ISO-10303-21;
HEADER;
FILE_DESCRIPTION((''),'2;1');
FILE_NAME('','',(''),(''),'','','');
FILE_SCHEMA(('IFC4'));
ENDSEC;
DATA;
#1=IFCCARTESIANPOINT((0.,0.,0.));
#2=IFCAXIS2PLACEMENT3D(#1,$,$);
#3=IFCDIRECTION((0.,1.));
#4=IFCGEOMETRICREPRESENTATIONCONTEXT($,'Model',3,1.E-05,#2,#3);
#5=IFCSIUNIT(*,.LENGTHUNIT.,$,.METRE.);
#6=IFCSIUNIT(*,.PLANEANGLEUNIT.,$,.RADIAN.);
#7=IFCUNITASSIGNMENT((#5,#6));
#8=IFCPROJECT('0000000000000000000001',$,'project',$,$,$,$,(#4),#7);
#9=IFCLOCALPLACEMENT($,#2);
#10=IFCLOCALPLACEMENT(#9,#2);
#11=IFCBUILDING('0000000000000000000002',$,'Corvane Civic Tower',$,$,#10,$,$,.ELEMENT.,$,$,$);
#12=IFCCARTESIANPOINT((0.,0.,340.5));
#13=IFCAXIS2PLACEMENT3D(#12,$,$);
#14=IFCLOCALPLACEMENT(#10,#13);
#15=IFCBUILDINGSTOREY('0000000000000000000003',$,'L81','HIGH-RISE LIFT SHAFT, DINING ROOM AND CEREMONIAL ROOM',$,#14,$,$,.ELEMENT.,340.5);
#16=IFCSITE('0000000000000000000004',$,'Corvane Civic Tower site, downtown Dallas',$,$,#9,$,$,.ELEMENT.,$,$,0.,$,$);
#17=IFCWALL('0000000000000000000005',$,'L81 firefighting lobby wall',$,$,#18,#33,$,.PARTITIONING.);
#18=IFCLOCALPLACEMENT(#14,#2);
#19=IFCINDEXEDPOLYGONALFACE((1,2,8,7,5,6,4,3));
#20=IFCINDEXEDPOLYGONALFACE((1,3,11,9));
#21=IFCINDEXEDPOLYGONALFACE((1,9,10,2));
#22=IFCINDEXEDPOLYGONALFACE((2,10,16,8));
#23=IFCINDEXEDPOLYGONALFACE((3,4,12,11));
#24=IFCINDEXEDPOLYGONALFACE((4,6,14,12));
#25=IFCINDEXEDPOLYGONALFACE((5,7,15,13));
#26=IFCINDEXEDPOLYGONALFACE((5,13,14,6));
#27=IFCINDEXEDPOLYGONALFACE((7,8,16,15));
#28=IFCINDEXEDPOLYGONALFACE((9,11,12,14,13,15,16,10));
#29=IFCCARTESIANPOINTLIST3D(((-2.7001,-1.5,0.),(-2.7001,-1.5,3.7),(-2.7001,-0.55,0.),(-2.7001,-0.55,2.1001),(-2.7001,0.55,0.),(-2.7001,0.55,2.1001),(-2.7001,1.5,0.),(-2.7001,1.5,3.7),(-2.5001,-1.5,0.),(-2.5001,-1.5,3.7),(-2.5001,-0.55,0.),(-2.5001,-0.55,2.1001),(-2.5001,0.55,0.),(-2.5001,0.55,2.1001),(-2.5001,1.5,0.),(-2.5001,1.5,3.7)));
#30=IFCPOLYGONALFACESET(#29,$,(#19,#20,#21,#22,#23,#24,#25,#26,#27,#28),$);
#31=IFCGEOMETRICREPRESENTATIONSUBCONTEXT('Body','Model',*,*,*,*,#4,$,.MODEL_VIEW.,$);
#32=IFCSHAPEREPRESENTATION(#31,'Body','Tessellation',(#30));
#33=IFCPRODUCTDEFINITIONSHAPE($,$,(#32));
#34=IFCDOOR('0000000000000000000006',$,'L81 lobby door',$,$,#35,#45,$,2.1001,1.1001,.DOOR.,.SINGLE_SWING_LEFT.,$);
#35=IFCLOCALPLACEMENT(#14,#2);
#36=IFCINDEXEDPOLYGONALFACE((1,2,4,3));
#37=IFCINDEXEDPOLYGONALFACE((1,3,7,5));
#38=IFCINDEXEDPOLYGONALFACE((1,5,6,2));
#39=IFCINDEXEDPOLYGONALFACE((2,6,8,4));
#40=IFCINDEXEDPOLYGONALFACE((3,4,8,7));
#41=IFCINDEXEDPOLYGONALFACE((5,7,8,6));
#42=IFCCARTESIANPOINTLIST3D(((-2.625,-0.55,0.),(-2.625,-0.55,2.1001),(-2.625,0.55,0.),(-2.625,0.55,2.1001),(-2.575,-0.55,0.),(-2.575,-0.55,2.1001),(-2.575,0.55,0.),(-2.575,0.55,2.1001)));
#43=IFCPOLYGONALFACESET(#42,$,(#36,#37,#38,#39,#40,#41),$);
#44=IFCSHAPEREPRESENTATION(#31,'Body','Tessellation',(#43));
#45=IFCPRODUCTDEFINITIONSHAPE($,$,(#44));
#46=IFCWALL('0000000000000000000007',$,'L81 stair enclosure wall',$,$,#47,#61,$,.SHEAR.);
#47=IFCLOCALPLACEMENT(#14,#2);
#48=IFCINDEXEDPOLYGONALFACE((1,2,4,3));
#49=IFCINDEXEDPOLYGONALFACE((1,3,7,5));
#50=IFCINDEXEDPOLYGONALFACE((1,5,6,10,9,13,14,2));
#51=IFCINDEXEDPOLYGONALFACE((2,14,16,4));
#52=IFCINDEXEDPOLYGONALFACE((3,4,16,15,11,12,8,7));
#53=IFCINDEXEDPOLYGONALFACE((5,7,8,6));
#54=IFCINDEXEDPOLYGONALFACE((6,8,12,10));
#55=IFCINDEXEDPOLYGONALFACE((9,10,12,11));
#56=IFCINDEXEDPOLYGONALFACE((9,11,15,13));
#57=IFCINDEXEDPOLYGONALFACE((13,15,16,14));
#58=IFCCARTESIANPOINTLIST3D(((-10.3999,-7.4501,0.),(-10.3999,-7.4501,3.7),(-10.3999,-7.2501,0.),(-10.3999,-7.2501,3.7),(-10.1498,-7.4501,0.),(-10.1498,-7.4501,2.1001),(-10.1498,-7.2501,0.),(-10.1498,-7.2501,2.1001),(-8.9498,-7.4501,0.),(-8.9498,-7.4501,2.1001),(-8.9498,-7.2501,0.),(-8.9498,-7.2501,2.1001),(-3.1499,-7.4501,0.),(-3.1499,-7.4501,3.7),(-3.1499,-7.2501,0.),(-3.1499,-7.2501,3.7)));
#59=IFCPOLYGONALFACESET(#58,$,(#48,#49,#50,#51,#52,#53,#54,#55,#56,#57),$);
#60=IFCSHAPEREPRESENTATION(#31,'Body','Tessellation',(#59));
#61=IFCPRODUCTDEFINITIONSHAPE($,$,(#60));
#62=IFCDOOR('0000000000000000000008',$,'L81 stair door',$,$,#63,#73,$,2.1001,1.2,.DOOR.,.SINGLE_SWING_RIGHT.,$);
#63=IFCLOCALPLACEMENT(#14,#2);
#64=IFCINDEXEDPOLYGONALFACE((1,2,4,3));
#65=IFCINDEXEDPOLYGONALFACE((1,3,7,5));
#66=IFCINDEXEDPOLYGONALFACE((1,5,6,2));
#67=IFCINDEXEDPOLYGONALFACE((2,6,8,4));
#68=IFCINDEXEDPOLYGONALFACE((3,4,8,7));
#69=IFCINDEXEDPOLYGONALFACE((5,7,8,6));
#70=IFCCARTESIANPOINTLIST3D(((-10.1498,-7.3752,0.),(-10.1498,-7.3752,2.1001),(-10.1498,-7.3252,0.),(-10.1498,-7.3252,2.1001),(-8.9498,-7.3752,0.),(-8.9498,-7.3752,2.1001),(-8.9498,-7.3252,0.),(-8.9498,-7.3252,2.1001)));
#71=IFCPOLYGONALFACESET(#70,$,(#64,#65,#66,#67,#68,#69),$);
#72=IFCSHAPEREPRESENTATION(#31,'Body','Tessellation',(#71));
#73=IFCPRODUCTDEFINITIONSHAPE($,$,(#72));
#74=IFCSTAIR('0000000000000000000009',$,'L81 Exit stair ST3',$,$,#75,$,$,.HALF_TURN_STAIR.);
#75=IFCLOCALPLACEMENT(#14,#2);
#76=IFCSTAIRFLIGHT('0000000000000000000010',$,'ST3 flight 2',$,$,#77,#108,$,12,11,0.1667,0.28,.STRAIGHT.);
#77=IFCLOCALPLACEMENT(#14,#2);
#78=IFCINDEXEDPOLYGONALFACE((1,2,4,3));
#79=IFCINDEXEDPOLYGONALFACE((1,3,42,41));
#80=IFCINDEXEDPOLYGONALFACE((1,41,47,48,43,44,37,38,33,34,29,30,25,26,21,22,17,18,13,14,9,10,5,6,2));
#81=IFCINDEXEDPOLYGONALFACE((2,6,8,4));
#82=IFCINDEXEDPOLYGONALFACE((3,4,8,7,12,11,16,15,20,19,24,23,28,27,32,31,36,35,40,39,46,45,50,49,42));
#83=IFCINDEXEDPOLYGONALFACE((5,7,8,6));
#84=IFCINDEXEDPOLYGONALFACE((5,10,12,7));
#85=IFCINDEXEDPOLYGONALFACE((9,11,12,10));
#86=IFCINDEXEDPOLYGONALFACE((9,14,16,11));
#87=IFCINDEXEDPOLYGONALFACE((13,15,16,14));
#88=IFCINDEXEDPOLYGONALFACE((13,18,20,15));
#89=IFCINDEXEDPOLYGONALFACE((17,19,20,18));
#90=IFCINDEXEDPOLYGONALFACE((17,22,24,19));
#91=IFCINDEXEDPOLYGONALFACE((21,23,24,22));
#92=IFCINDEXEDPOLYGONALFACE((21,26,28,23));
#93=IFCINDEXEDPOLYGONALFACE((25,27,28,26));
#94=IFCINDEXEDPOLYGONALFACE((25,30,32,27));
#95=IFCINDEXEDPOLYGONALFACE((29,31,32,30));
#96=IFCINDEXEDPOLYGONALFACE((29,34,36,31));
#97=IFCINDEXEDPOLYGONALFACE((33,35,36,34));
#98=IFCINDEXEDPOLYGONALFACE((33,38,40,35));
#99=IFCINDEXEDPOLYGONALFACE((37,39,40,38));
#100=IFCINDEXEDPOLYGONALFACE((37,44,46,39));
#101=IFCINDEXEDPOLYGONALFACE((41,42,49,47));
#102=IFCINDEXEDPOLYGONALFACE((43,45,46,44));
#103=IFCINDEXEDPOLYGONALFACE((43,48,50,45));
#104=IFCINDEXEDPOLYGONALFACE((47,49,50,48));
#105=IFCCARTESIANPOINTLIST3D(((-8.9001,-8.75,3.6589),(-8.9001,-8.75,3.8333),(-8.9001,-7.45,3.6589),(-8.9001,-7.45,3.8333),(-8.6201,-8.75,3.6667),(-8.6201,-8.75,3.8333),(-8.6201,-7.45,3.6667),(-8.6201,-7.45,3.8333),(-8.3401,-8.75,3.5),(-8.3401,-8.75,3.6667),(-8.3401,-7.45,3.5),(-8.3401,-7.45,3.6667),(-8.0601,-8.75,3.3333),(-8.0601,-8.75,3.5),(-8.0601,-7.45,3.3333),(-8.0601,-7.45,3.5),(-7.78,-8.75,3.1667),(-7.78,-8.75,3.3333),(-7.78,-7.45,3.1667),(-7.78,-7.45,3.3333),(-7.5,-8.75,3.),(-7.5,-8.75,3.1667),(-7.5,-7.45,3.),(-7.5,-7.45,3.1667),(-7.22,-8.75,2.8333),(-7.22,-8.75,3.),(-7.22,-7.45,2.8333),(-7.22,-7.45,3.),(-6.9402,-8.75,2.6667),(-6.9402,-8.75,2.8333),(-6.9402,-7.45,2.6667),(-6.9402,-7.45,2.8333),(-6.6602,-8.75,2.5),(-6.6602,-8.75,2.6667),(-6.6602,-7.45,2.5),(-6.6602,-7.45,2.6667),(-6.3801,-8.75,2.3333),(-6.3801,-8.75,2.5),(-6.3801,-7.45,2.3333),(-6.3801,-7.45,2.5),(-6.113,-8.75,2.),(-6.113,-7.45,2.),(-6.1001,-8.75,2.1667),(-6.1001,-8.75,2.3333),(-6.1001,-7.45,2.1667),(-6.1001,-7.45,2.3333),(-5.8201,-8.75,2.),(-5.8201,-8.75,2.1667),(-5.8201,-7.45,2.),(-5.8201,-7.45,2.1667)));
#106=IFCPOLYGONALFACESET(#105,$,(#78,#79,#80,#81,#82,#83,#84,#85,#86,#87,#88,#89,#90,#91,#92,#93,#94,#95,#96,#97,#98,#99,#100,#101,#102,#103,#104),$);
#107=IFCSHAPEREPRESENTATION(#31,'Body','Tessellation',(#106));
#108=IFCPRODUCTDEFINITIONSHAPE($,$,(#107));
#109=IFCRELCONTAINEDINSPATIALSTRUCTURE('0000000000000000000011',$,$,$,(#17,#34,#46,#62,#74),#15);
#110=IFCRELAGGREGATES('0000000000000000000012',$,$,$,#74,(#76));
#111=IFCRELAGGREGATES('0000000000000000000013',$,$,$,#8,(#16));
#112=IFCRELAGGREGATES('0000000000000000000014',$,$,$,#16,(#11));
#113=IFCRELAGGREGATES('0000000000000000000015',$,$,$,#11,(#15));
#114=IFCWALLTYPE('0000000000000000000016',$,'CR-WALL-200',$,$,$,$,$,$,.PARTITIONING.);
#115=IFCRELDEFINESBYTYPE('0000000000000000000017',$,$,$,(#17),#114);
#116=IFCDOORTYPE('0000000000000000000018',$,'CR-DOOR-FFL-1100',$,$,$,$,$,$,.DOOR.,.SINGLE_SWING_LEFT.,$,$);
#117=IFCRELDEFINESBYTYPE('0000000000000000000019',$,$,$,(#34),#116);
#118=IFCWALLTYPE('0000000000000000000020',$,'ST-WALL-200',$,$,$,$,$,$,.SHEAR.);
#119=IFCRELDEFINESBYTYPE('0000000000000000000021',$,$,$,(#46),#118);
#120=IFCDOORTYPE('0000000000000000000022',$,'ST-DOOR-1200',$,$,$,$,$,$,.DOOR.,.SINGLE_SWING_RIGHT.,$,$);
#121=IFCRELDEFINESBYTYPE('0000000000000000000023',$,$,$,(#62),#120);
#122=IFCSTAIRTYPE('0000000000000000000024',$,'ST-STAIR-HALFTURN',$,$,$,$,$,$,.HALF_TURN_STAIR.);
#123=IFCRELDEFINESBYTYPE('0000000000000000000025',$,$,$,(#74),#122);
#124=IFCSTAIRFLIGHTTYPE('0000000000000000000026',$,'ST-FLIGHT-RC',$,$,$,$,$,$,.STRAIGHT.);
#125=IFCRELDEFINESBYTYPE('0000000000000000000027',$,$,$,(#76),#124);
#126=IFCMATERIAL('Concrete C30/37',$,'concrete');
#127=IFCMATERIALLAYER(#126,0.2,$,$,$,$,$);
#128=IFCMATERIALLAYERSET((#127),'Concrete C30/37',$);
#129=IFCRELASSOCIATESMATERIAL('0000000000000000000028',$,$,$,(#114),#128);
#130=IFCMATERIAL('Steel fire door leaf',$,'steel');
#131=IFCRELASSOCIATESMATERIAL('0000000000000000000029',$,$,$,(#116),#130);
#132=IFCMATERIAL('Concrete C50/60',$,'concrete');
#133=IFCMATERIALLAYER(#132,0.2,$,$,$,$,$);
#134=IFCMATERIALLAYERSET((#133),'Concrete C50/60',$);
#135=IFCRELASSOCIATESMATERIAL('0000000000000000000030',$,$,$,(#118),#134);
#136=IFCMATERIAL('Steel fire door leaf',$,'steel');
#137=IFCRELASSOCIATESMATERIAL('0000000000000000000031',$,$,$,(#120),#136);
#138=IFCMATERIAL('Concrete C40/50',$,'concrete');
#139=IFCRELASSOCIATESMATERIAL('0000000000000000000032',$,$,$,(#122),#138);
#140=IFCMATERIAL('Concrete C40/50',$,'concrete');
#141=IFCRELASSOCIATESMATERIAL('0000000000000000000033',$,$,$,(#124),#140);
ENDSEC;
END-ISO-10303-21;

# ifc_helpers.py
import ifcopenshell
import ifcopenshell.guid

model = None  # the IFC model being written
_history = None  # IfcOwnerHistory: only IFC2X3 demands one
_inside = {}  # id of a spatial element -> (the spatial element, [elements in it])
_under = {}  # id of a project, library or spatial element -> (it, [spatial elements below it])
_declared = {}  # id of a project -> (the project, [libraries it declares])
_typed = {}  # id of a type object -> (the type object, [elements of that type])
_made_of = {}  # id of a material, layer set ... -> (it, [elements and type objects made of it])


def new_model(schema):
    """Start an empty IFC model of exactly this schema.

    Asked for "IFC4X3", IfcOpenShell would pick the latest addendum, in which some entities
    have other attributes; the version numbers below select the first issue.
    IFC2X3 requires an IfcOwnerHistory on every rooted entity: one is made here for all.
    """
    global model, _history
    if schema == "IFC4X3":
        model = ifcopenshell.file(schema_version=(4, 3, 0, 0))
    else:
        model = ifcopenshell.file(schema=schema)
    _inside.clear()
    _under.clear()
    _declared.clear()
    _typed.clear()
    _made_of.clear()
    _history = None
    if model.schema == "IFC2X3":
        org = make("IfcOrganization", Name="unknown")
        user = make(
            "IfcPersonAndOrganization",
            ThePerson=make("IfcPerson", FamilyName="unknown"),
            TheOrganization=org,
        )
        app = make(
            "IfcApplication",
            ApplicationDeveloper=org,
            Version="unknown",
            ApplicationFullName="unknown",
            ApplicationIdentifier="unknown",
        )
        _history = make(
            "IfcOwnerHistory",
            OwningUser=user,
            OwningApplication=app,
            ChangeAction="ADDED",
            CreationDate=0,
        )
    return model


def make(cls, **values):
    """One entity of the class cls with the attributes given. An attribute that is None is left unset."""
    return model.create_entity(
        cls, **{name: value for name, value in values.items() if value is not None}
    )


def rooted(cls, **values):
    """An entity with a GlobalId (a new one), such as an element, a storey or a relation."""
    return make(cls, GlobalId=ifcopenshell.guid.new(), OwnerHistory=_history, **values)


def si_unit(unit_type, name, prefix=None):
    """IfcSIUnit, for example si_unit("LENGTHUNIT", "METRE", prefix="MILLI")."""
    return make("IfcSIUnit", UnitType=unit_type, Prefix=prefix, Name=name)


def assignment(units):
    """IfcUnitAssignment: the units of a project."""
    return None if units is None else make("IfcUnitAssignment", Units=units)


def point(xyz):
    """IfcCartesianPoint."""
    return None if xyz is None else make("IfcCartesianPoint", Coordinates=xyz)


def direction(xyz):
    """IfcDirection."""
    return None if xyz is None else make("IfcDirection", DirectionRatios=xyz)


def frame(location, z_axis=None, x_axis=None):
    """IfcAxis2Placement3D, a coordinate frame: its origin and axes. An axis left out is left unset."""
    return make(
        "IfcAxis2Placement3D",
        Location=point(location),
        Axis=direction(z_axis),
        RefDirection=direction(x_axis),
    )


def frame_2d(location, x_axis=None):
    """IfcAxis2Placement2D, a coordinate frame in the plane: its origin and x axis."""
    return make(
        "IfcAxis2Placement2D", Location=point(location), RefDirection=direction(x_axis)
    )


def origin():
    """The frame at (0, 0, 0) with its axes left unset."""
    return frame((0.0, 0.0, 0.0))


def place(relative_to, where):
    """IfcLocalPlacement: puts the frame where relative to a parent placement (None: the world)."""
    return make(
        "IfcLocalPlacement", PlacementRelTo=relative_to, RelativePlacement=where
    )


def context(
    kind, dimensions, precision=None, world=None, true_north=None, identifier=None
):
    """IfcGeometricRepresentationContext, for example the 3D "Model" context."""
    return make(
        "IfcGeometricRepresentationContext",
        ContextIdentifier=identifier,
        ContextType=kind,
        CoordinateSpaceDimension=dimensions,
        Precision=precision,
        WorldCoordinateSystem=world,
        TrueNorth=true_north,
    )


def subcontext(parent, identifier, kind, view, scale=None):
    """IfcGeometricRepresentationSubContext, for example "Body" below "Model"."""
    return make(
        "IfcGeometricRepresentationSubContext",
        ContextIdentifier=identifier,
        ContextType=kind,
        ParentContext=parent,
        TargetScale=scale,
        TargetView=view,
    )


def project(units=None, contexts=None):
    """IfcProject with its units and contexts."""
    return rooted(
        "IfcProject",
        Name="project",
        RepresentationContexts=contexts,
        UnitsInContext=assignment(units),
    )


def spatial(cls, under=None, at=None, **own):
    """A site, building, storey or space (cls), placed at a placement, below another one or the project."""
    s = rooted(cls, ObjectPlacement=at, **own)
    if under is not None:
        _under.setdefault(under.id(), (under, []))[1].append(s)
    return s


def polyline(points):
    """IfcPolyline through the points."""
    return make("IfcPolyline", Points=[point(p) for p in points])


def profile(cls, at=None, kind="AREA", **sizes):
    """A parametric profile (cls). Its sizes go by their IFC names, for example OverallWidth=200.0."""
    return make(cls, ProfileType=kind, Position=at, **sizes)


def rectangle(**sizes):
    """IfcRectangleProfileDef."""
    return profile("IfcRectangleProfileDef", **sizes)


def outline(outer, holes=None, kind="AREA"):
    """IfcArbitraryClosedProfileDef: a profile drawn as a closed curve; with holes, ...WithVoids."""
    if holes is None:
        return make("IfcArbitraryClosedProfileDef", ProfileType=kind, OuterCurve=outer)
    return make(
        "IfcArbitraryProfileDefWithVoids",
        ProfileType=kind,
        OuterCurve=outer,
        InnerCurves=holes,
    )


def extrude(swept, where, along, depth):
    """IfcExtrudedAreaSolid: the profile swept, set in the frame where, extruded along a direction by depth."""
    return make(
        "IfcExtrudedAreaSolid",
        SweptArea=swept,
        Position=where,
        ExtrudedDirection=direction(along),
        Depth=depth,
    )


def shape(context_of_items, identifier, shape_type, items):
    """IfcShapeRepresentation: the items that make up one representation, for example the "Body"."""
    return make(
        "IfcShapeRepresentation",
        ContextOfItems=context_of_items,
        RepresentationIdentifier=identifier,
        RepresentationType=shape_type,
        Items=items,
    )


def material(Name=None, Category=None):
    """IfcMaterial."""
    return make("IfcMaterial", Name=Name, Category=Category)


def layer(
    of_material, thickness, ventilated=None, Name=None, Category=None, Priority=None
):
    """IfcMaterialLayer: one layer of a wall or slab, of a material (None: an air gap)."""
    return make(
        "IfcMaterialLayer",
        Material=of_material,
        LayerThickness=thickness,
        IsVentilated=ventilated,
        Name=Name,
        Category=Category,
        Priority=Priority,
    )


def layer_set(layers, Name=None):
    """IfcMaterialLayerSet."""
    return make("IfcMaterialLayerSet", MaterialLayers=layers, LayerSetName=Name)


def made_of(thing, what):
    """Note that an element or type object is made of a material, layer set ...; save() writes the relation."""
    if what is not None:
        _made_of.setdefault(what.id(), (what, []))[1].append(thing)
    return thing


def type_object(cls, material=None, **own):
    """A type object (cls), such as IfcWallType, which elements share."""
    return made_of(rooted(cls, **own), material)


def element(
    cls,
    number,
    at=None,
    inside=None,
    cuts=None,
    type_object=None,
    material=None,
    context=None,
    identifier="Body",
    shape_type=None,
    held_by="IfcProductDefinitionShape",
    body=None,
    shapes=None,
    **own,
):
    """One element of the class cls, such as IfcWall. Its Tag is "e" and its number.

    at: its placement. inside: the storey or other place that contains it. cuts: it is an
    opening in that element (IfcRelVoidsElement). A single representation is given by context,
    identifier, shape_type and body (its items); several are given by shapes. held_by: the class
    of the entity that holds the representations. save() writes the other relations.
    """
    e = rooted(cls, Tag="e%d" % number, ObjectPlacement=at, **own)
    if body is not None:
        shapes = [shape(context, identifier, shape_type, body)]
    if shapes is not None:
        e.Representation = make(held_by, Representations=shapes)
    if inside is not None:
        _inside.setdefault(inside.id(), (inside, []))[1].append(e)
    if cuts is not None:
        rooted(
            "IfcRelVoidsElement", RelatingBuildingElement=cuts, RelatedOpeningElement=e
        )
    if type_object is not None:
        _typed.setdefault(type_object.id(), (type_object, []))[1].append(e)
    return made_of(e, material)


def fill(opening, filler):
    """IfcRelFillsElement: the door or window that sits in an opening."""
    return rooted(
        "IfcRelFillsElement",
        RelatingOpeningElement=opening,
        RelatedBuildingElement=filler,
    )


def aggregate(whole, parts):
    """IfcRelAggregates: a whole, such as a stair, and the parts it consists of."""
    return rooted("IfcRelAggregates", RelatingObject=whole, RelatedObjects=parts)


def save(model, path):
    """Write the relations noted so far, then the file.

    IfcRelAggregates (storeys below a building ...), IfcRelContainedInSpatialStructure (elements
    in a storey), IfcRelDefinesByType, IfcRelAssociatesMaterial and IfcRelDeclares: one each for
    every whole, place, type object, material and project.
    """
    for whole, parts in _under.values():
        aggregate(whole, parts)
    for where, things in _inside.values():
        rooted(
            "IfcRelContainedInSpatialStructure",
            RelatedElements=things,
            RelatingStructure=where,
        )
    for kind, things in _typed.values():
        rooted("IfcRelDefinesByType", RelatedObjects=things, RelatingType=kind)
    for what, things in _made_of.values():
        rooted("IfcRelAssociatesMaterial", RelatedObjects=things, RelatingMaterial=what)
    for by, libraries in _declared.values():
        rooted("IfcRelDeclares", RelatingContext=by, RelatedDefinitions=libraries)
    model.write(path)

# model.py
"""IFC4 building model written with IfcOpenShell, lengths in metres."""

from ifc_helpers import new_model, si_unit, direction, frame, frame_2d, origin, place, context, subcontext, project, spatial, polyline, rectangle, outline, extrude, material, layer, layer_set, type_object, element, fill, aggregate, save


model = new_model("IFC4")

# Units and contexts
model_context = context("Model", 3, precision=1e-05, world=origin(), true_north=direction((0.0, 1.0)))
body_context = subcontext(model_context, "Body", "Model", "MODEL_VIEW")
ifc_project = project(units=[si_unit("LENGTHUNIT", "METRE"), si_unit("PLANEANGLEUNIT", "RADIAN")], contexts=[model_context])

# Site, building, storey
site_placement = place(None, origin())
site = spatial("IfcSite", under=ifc_project, at=site_placement, Name="Corvane Civic Tower site, downtown Dallas", CompositionType="ELEMENT", RefElevation=0.0)
building_placement = place(site_placement, origin())
building = spatial("IfcBuilding", under=site, at=building_placement, Name="Corvane Civic Tower", CompositionType="ELEMENT")
storey_placement = place(building_placement, frame((0.0, 0.0, 340.5)))
storey = spatial("IfcBuildingStorey", under=building, at=storey_placement, Name="L81", Description="HIGH-RISE LIFT SHAFT, DINING ROOM AND CEREMONIAL ROOM", CompositionType="ELEMENT", Elevation=340.5)

# Shared definitions
ifc_material_1 = material(Name="Concrete C30/37", Category="concrete")
ifc_layer_1 = layer(ifc_material_1, 0.2)
ifc_layer_set_1 = layer_set([ifc_layer_1], Name="Concrete C30/37")
wall_type_1 = type_object("IfcWallType", Name="CR-WALL-200", PredefinedType="PARTITIONING", material=ifc_layer_set_1)

# Walls, openings, doors
ifc_material_2 = material(Name="Steel fire door leaf", Category="steel")
door_type_1 = type_object("IfcDoorType", Name="CR-DOOR-FFL-1100", OperationType="SINGLE_SWING_LEFT", PredefinedType="DOOR", material=ifc_material_2)
wall_1_placement = place(storey_placement, frame((-2.6001, -1.5, 0.0), z_axis=(0.0, 0.0, 1.0), x_axis=(0.0, 1.0, 0.0)))
wall_1 = element("IfcWall", 1, at=wall_1_placement, inside=storey, type_object=wall_type_1, Name="L81 firefighting lobby wall", PredefinedType="PARTITIONING", context=body_context, shape_type="SweptSolid", body=[
    extrude(rectangle(XDim=3.0, YDim=0.2, at=frame_2d((1.5, 0.0))), origin(), (0.0, 0.0, 1.0), 3.7),
])
opening_1_placement = place(wall_1_placement, frame((0.95, 0.0, 0.0)))
opening_1 = element("IfcOpeningElement", 2, at=opening_1_placement, cuts=wall_1, PredefinedType="OPENING", context=body_context, shape_type="SweptSolid", body=[
    extrude(rectangle(XDim=1.1001, YDim=2.1001, at=frame_2d((0.55, 1.05))), frame((0.0, 0.1099, 0.0), z_axis=(0.0, -1.0, 0.0), x_axis=(1.0, 0.0, 0.0)), (0.0, 0.0, 1.0), 0.22),
])
door_1_placement = place(opening_1_placement, origin())
door_1 = element("IfcDoor", 3, at=door_1_placement, inside=storey, type_object=door_type_1, Name="L81 lobby door", OperationType="SINGLE_SWING_LEFT", OverallHeight=2.1001, OverallWidth=1.1001, PredefinedType="DOOR", context=body_context, shape_type="SweptSolid", body=[
    extrude(rectangle(XDim=1.1001, YDim=2.1001, at=frame_2d((0.55, 1.05))), frame((0.0, 0.0249, 0.0), z_axis=(0.0, -1.0, 0.0), x_axis=(1.0, 0.0, 0.0)), (0.0, 0.0, 1.0), 0.05),
])
fill(opening_1, door_1)
ifc_material_3 = material(Name="Concrete C50/60", Category="concrete")
ifc_layer_2 = layer(ifc_material_3, 0.2)
ifc_layer_set_2 = layer_set([ifc_layer_2], Name="Concrete C50/60")
wall_type_2 = type_object("IfcWallType", Name="ST-WALL-200", PredefinedType="SHEAR", material=ifc_layer_set_2)
wall_2_placement = place(storey_placement, frame((-10.3999, -7.3501, 0.0), z_axis=(0.0, 0.0, 1.0), x_axis=(1.0, 0.0, 0.0)))
wall_2 = element("IfcWall", 4, at=wall_2_placement, inside=storey, type_object=wall_type_2, Name="L81 stair enclosure wall", PredefinedType="SHEAR", context=body_context, shape_type="SweptSolid", body=[
    extrude(rectangle(XDim=7.25, YDim=0.2, at=frame_2d((3.625, 0.0))), origin(), (0.0, 0.0, 1.0), 3.7),
])
opening_2_placement = place(wall_2_placement, frame((0.25, 0.0, 0.0)))
opening_2 = element("IfcOpeningElement", 5, at=opening_2_placement, cuts=wall_2, PredefinedType="OPENING", context=body_context, shape_type="SweptSolid", body=[
    extrude(rectangle(XDim=1.2, YDim=2.1001, at=frame_2d((0.6001, 1.05))), frame((0.0, 0.1099, 0.0), z_axis=(0.0, -1.0, 0.0), x_axis=(1.0, 0.0, 0.0)), (0.0, 0.0, 1.0), 0.22),
])
ifc_material_4 = material(Name="Steel fire door leaf", Category="steel")
door_type_2 = type_object("IfcDoorType", Name="ST-DOOR-1200", OperationType="SINGLE_SWING_RIGHT", PredefinedType="DOOR", material=ifc_material_4)
door_2_placement = place(opening_2_placement, origin())
door_2 = element("IfcDoor", 6, at=door_2_placement, inside=storey, type_object=door_type_2, Name="L81 stair door", OperationType="SINGLE_SWING_RIGHT", OverallHeight=2.1001, OverallWidth=1.2, PredefinedType="DOOR", context=body_context, shape_type="SweptSolid", body=[
    extrude(rectangle(XDim=1.2, YDim=2.1001, at=frame_2d((0.6001, 1.05))), frame((0.0, 0.0249, 0.0), z_axis=(0.0, -1.0, 0.0), x_axis=(1.0, 0.0, 0.0)), (0.0, 0.0, 1.0), 0.05),
])
fill(opening_2, door_2)

# Stair, stair flight
ifc_material_5 = material(Name="Concrete C40/50", Category="concrete")
stair_type = type_object("IfcStairType", Name="ST-STAIR-HALFTURN", PredefinedType="HALF_TURN_STAIR", material=ifc_material_5)
stair_placement = place(storey_placement, origin())
stair = element("IfcStair", 7, at=stair_placement, inside=storey, type_object=stair_type, Name="L81 Exit stair ST3", PredefinedType="HALF_TURN_STAIR")
ifc_material_6 = material(Name="Concrete C40/50", Category="concrete")
stair_flight_type = type_object("IfcStairFlightType", Name="ST-FLIGHT-RC", PredefinedType="STRAIGHT", material=ifc_material_6)
stair_flight_placement = place(storey_placement, frame((-5.8201, -8.1001, 2.0), z_axis=(0.0, 0.0, 1.0), x_axis=(-1.0, 0.0, 0.0)))
stair_flight = element("IfcStairFlight", 8, at=stair_flight_placement, type_object=stair_flight_type, Name="ST3 flight 2", NumberOfRisers=12, NumberOfTreads=11, PredefinedType="STRAIGHT", RiserHeight=0.1667, TreadLength=0.28, context=body_context, shape_type="SweptSolid", body=[
    extrude(outline(polyline([(0.0, 0.0), (0.0, 0.1667), (0.28, 0.1667), (0.28, 0.3333), (0.5601, 0.3333), (0.5601, 0.5), (0.8401, 0.5), (0.8401, 0.6667), (1.1201, 0.6667), (1.1201, 0.8333), (1.3999, 0.8333), (1.3999, 1.0), (1.6799, 1.0), (1.6799, 1.1667), (1.96, 1.1667), (1.96, 1.3333), (2.24, 1.3333), (2.24, 1.5), (2.52, 1.5), (2.52, 1.6667), (2.8, 1.6667), (2.8, 1.8333), (3.0801, 1.8333), (3.0801, 2.0), (3.0801, 1.6589), (0.293, 0.0), (0.0, 0.0)])), frame((0.0, 0.6499, 0.0), z_axis=(0.0, -1.0, 0.0), x_axis=(1.0, 0.0, 0.0)), (0.0, 0.0, 1.0), 1.3),
])
aggregate(stair, [stair_flight])

save(model, "model.ifc")
